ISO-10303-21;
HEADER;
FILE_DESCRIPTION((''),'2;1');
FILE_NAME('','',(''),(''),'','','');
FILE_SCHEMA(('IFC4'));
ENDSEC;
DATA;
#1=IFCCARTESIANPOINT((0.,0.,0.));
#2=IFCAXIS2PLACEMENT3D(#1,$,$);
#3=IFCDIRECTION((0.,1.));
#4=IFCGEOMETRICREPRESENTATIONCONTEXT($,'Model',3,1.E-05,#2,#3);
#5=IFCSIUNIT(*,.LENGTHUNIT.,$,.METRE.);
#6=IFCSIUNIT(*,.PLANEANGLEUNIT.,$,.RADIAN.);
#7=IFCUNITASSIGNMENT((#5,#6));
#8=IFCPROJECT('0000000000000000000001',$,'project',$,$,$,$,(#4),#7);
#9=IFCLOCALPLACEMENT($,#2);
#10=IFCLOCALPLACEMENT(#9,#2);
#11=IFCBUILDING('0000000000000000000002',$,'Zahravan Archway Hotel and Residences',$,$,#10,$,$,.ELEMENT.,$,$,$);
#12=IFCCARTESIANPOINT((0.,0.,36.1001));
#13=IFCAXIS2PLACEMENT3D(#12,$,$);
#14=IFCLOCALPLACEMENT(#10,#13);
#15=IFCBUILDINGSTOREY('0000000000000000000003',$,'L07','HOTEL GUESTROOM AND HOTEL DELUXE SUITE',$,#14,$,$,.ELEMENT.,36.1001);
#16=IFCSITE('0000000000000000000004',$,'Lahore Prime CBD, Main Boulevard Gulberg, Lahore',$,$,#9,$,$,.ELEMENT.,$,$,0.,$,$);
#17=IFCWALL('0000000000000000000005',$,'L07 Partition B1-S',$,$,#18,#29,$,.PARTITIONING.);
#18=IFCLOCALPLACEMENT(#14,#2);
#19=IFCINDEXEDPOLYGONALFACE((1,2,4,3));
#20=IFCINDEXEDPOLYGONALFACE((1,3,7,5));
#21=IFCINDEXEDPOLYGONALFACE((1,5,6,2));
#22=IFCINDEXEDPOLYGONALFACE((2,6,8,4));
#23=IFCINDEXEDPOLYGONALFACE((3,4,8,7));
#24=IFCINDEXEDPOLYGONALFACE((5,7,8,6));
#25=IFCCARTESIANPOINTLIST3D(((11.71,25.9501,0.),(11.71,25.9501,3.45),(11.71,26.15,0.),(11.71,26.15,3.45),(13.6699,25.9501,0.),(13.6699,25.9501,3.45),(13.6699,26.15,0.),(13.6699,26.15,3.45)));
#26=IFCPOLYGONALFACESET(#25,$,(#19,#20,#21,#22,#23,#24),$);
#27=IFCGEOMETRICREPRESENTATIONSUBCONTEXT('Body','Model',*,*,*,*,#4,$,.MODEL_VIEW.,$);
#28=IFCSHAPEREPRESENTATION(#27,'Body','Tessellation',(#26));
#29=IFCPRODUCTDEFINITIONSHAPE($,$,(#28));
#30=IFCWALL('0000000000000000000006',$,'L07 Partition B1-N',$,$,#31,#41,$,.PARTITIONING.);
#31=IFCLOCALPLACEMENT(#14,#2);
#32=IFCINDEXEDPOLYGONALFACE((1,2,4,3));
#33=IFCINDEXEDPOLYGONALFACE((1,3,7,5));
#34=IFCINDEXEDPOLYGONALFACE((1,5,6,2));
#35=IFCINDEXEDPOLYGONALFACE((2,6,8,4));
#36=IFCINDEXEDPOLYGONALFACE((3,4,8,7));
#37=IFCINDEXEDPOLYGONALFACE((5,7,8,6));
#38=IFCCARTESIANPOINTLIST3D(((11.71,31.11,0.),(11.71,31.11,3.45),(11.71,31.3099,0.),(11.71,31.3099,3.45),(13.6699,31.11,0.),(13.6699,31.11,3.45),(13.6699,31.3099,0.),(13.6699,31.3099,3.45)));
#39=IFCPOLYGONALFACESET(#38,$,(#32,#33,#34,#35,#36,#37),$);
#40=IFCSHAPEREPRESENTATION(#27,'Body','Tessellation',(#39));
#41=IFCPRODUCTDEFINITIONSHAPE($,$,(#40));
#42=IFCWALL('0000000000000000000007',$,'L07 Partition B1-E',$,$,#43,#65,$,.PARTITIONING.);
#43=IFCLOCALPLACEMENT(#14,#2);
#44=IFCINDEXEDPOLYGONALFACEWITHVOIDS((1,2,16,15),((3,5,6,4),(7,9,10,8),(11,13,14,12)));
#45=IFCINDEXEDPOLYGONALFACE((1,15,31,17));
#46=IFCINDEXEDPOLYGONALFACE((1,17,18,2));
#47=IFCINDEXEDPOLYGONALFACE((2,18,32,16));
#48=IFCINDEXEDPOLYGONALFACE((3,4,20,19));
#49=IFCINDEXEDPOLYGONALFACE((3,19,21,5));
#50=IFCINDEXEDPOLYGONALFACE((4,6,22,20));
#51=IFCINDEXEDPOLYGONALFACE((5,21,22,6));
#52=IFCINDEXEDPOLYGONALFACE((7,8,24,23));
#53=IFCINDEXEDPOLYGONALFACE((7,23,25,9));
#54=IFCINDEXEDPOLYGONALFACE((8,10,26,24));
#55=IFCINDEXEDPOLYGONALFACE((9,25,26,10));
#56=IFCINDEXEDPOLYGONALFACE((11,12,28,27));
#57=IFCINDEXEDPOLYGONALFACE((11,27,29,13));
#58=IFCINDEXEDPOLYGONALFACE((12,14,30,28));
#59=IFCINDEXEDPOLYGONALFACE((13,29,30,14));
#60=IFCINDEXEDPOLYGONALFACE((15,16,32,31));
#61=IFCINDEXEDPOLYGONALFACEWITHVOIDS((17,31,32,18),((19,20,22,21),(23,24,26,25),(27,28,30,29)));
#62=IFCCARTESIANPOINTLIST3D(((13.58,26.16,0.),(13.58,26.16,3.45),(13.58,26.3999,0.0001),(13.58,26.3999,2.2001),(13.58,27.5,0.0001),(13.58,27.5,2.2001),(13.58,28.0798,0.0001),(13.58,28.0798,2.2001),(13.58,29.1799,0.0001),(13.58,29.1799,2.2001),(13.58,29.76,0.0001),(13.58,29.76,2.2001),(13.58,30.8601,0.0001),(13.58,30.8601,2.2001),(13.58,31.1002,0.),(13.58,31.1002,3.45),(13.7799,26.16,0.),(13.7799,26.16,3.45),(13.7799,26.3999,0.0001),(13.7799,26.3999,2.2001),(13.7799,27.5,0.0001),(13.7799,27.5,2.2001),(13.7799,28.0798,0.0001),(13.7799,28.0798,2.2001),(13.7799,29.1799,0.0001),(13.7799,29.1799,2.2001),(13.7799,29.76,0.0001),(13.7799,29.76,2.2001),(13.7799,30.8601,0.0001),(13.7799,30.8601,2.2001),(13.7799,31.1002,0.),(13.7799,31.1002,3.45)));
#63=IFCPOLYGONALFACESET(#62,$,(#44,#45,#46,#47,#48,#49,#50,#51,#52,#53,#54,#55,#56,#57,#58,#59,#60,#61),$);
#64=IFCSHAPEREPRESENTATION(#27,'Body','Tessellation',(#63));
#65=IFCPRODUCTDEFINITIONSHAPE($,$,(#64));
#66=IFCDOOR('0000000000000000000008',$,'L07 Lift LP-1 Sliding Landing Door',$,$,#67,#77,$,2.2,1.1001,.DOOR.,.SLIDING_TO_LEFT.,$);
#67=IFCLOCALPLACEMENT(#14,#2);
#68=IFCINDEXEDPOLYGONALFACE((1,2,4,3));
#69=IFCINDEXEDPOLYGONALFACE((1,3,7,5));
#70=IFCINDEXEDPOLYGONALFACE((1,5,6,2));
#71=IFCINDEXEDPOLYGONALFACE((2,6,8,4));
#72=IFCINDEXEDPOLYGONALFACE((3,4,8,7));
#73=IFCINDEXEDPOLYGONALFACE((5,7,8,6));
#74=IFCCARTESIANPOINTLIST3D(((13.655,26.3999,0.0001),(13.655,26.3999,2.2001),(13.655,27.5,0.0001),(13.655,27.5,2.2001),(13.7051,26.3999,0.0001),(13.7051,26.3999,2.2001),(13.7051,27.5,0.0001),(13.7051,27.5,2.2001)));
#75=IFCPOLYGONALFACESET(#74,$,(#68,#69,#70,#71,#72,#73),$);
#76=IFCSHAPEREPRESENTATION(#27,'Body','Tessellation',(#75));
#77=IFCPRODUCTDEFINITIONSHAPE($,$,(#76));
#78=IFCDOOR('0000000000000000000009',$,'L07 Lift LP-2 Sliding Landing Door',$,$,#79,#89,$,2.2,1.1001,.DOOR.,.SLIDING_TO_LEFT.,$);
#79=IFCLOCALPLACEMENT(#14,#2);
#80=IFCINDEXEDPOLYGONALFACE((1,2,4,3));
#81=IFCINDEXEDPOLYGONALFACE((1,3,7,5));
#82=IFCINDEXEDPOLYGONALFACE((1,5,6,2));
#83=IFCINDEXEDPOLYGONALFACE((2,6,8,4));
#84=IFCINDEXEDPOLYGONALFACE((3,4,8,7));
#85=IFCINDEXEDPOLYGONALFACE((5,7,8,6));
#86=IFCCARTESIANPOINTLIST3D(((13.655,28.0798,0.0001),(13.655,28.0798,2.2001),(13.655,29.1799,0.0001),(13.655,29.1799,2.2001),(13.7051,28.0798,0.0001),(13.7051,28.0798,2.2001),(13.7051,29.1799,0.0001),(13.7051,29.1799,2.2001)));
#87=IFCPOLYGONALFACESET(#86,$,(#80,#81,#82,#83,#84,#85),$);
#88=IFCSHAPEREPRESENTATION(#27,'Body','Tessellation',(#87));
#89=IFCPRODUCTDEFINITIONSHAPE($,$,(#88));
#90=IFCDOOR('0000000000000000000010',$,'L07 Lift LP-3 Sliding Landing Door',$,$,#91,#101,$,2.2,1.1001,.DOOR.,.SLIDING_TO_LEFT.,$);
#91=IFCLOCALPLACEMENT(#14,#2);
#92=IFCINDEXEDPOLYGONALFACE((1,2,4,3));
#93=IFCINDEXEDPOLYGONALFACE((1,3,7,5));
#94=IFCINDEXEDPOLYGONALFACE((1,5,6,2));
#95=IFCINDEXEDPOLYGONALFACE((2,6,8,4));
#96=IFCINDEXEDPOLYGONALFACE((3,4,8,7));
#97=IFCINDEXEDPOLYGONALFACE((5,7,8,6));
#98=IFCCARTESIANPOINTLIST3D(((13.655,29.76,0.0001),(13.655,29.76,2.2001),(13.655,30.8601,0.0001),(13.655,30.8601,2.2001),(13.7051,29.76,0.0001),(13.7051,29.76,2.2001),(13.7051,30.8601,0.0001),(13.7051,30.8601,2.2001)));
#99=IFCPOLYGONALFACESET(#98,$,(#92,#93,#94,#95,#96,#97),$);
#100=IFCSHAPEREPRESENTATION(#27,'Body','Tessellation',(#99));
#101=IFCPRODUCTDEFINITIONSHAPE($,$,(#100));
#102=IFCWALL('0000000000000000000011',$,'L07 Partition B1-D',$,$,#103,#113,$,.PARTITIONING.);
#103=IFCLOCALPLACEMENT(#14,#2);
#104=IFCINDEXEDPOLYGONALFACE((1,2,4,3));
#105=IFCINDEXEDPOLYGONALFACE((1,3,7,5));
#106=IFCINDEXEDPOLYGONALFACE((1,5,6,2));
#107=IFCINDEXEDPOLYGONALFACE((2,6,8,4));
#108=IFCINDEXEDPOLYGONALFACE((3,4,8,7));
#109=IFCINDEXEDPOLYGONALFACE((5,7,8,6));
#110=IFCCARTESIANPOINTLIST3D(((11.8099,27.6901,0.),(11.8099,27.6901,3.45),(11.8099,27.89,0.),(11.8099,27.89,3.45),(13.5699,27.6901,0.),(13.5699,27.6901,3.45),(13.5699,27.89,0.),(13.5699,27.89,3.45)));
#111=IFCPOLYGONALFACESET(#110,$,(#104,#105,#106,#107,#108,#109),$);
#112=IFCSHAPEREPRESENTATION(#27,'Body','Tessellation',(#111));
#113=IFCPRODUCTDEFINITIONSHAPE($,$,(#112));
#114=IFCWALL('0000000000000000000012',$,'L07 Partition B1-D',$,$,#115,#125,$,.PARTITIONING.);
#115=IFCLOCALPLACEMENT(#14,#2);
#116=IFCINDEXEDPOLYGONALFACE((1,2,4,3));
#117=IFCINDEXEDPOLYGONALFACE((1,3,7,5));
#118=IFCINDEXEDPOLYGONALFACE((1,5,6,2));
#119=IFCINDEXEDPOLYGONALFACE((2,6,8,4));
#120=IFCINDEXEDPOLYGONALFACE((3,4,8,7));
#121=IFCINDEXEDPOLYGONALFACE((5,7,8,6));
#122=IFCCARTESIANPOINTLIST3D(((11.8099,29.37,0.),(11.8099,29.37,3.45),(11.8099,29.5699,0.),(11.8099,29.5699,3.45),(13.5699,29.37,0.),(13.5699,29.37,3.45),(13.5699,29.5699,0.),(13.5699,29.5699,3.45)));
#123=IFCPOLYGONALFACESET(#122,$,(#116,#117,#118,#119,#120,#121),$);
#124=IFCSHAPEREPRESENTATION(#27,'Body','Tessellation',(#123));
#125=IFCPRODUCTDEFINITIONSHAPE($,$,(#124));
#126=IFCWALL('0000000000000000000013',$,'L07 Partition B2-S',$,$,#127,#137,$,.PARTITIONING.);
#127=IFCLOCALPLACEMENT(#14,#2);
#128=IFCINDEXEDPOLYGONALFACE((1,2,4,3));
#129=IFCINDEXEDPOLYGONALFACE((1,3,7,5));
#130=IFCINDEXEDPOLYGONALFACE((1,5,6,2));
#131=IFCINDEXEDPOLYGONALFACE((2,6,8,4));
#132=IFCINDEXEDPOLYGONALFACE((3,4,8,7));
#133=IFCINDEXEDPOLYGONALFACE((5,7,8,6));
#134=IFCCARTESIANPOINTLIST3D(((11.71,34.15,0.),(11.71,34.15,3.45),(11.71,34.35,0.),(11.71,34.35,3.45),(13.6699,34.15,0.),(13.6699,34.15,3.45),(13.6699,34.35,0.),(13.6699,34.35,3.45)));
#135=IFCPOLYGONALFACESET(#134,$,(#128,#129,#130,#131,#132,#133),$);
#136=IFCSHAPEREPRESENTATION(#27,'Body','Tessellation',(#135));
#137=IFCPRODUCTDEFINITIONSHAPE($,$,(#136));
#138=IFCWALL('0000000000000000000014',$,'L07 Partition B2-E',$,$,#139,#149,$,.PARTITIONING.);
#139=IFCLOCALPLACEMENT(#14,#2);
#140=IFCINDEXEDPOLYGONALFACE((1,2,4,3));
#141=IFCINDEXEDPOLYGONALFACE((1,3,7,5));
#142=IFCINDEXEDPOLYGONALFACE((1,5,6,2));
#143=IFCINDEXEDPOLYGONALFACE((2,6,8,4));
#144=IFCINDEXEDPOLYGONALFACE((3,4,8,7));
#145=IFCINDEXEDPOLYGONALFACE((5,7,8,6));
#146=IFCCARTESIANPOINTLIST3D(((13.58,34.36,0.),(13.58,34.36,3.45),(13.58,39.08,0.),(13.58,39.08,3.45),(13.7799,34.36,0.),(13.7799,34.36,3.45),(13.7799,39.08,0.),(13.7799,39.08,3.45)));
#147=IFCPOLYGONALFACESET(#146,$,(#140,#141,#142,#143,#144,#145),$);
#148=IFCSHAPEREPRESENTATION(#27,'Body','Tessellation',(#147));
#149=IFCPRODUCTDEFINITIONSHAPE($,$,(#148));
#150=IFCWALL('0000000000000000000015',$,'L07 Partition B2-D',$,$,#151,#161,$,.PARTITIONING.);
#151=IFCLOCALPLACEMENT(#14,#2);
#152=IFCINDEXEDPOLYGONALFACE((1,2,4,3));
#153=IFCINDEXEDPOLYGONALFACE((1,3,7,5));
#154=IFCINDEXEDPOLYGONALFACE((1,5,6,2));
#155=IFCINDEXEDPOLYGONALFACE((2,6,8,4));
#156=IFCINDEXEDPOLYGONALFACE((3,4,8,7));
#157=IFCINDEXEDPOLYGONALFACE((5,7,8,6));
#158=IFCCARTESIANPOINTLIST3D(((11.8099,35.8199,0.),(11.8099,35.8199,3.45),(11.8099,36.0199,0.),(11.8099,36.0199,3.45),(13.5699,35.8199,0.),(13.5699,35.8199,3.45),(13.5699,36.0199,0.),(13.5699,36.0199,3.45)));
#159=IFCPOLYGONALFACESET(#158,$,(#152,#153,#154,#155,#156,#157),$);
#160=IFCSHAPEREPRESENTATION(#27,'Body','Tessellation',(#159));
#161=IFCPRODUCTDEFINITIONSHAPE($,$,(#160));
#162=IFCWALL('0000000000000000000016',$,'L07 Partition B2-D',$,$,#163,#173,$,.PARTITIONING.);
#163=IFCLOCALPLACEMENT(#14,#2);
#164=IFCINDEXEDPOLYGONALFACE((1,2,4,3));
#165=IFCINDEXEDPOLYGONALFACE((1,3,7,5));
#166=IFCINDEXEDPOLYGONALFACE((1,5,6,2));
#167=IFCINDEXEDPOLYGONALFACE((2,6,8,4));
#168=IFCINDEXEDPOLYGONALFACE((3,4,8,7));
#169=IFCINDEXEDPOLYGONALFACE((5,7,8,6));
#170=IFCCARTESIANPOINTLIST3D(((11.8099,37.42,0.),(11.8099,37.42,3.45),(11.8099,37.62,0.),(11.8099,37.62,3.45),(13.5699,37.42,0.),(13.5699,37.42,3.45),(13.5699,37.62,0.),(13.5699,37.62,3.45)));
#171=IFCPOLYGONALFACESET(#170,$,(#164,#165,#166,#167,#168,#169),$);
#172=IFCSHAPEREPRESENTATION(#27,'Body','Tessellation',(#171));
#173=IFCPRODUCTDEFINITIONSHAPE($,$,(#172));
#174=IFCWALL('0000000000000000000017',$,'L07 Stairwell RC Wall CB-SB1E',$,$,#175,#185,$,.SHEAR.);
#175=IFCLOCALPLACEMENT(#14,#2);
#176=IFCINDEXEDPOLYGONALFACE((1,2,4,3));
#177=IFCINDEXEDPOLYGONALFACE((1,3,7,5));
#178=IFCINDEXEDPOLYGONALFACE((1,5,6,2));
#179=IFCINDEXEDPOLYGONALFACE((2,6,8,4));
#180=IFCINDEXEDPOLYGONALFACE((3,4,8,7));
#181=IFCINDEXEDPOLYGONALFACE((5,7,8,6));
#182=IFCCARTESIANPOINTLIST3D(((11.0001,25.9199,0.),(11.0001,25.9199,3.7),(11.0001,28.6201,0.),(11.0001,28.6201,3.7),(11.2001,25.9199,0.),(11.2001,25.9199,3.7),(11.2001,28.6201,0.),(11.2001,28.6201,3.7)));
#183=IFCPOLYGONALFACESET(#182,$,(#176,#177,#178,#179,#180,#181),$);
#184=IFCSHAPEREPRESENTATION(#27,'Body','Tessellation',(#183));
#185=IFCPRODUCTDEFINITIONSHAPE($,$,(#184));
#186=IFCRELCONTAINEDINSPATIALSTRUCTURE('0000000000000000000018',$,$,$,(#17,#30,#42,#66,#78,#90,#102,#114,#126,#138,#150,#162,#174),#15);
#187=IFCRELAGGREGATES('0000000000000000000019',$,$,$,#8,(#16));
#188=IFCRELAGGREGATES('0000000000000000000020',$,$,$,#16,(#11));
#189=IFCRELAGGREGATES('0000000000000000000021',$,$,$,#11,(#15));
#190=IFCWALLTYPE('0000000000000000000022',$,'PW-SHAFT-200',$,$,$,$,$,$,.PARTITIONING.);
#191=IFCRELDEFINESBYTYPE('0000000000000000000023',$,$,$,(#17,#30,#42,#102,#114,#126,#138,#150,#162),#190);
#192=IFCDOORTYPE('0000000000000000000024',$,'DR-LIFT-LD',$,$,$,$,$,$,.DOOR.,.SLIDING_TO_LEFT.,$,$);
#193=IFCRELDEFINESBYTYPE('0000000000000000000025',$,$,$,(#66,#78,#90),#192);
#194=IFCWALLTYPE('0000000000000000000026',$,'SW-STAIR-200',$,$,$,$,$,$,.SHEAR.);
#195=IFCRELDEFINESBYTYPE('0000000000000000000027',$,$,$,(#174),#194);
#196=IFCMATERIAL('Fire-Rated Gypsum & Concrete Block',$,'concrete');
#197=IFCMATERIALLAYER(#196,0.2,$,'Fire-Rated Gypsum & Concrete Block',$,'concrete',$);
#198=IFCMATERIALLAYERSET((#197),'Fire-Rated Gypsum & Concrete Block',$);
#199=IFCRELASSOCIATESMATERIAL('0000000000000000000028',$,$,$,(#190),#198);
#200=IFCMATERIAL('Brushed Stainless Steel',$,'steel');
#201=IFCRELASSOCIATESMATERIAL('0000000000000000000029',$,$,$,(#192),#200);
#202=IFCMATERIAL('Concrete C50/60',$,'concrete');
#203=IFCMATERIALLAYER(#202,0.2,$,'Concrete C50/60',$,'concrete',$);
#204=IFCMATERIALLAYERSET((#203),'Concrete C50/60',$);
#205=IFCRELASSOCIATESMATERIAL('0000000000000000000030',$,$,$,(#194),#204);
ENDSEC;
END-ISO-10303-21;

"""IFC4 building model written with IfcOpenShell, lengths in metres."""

from ifc_helpers import new_model, si_unit, direction, frame, frame_2d, origin, place, context, subcontext, project, spatial, rectangle, extrude, source, transform, mapped, material, layer, layer_set, type_object, type_shapes, element, fill, save


model = new_model("IFC4")

# Units and contexts
model_context = context("Model", 3, precision=1e-05, world=origin(), true_north=direction((0.0, 1.0)))
body_context = subcontext(model_context, "Body", "Model", "MODEL_VIEW")
ifc_project = project(units=[si_unit("LENGTHUNIT", "METRE"), si_unit("PLANEANGLEUNIT", "RADIAN")], contexts=[model_context])

# Site, building, storey
site_placement = place(None, origin())
site = spatial("IfcSite", under=ifc_project, at=site_placement, Name="Lahore Prime CBD, Main Boulevard Gulberg, Lahore", CompositionType="ELEMENT", RefElevation=0.0)
building_placement = place(site_placement, origin())
building = spatial("IfcBuilding", under=site, at=building_placement, Name="Zahravan Archway Hotel and Residences", CompositionType="ELEMENT")
storey_placement = place(building_placement, frame((0.0, 0.0, 36.1001)))
storey = spatial("IfcBuildingStorey", under=building, at=storey_placement, Name="L07", Description="HOTEL GUESTROOM AND HOTEL DELUXE SUITE", CompositionType="ELEMENT", Elevation=36.1001)

# Walls
ifc_material_1 = material(Name="Fire-Rated Gypsum & Concrete Block", Category="concrete")
ifc_layer_1 = layer(ifc_material_1, 0.2, Name="Fire-Rated Gypsum & Concrete Block", Category="concrete")
ifc_layer_set_1 = layer_set([ifc_layer_1], Name="Fire-Rated Gypsum & Concrete Block")
wall_type_1 = type_object("IfcWallType", Name="PW-SHAFT-200", PredefinedType="PARTITIONING", material=ifc_layer_set_1)
for number, where, z_axis, x_axis, name in (
    (1, (11.71, 26.05, 0.0), (0.0, 0.0, 1.0), (1.0, 0.0, 0.0), "L07 Partition B1-S"),
    (2, (11.71, 31.21, 0.0), (0.0, 0.0, 1.0), (1.0, 0.0, 0.0), "L07 Partition B1-N"),
):
    element("IfcWall", number, at=place(storey_placement, frame(where, z_axis=z_axis, x_axis=x_axis)), inside=storey, type_object=wall_type_1, Name=name, PredefinedType="PARTITIONING", context=body_context, shape_type="SweptSolid", body=[
        extrude(rectangle(XDim=1.96, YDim=0.2, at=frame_2d((0.98, 0.0))), origin(), (0.0, 0.0, 1.0), 3.45),
    ])

# Wall, openings, doors
wall_1_placement = place(storey_placement, frame((13.6799, 26.1599, 0.0), z_axis=(0.0, 0.0, 1.0), x_axis=(0.0, 1.0, 0.0)))
wall_1 = element("IfcWall", 3, at=wall_1_placement, inside=storey, type_object=wall_type_1, Name="L07 Partition B1-E", PredefinedType="PARTITIONING", context=body_context, shape_type="SweptSolid", body=[
    extrude(rectangle(XDim=4.9402, YDim=0.2, at=frame_2d((2.4702, 0.0))), origin(), (0.0, 0.0, 1.0), 3.45),
])
opening_1_placement = place(wall_1_placement, frame((0.24, 0.0, 0.0)))
opening_1 = element("IfcOpeningElement", 4, at=opening_1_placement, cuts=wall_1, PredefinedType="OPENING", context=body_context, shape_type="SweptSolid", body=[
    extrude(rectangle(XDim=1.1001, YDim=2.2, at=frame_2d((0.55, 1.1001))), frame((0.0, 0.1099, 0.0), z_axis=(0.0, -1.0, 0.0), x_axis=(1.0, 0.0, 0.0)), (0.0, 0.0, 1.0), 0.22),
])
opening_2_placement = place(wall_1_placement, frame((1.9199, 0.0, 0.0)))
opening_2 = element("IfcOpeningElement", 5, at=opening_2_placement, cuts=wall_1, PredefinedType="OPENING", context=body_context, shape_type="SweptSolid", body=[
    extrude(rectangle(XDim=1.1001, YDim=2.2, at=frame_2d((0.55, 1.1001))), frame((0.0, 0.1099, 0.0), z_axis=(0.0, -1.0, 0.0), x_axis=(1.0, 0.0, 0.0)), (0.0, 0.0, 1.0), 0.22),
])
opening_3_placement = place(wall_1_placement, frame((3.6001, 0.0, 0.0)))
opening_3 = element("IfcOpeningElement", 6, at=opening_3_placement, cuts=wall_1, PredefinedType="OPENING", context=body_context, shape_type="SweptSolid", body=[
    extrude(rectangle(XDim=1.1001, YDim=2.2, at=frame_2d((0.55, 1.1001))), frame((0.0, 0.1099, 0.0), z_axis=(0.0, -1.0, 0.0), x_axis=(1.0, 0.0, 0.0)), (0.0, 0.0, 1.0), 0.22),
])
ifc_material_2 = material(Name="Brushed Stainless Steel", Category="steel")
door_type = type_object("IfcDoorType", Name="DR-LIFT-LD", OperationType="SLIDING_TO_LEFT", PredefinedType="DOOR", material=ifc_material_2)
shared_shape_1 = source(origin(), body_context, "Body", "SweptSolid", [
    extrude(rectangle(XDim=1.1001, YDim=2.2, at=frame_2d((0.55, 1.1001))), frame((0.0, 0.0249, 0.0), z_axis=(0.0, -1.0, 0.0), x_axis=(1.0, 0.0, 0.0)), (0.0, 0.0, 1.0), 0.05),
])
type_shapes(door_type, [shared_shape_1])
door_1_placement = place(opening_1_placement, origin())
door_1 = element("IfcDoor", 7, at=door_1_placement, inside=storey, type_object=door_type, Name="L07 Lift LP-1 Sliding Landing Door", OperationType="SLIDING_TO_LEFT", OverallHeight=2.2, OverallWidth=1.1001, PredefinedType="DOOR", context=body_context, shape_type="MappedRepresentation", body=[
    mapped(shared_shape_1, transform((0.0, 0.0, 0.0), scale=1.0)),
])
fill(opening_1, door_1)
door_2_placement = place(opening_2_placement, origin())
door_2 = element("IfcDoor", 8, at=door_2_placement, inside=storey, type_object=door_type, Name="L07 Lift LP-2 Sliding Landing Door", OperationType="SLIDING_TO_LEFT", OverallHeight=2.2, OverallWidth=1.1001, PredefinedType="DOOR", context=body_context, shape_type="MappedRepresentation", body=[
    mapped(shared_shape_1, transform((0.0, 0.0, 0.0), scale=1.0)),
])
fill(opening_2, door_2)
door_3_placement = place(opening_3_placement, origin())
door_3 = element("IfcDoor", 9, at=door_3_placement, inside=storey, type_object=door_type, Name="L07 Lift LP-3 Sliding Landing Door", OperationType="SLIDING_TO_LEFT", OverallHeight=2.2, OverallWidth=1.1001, PredefinedType="DOOR", context=body_context, shape_type="MappedRepresentation", body=[
    mapped(shared_shape_1, transform((0.0, 0.0, 0.0), scale=1.0)),
])
fill(opening_3, door_3)

# Walls
for number, where, z_axis, x_axis, name in (
    (10, (11.8101, 27.79, 0.0), (0.0, 0.0, 1.0), (1.0, 0.0, 0.0), "L07 Partition B1-D"),
    (11, (11.8101, 29.47, 0.0), (0.0, 0.0, 1.0), (1.0, 0.0, 0.0), "L07 Partition B1-D"),
):
    element("IfcWall", number, at=place(storey_placement, frame(where, z_axis=z_axis, x_axis=x_axis)), inside=storey, type_object=wall_type_1, Name=name, PredefinedType="PARTITIONING", context=body_context, shape_type="SweptSolid", body=[
        extrude(rectangle(XDim=1.76, YDim=0.2, at=frame_2d((0.8799, 0.0))), origin(), (0.0, 0.0, 1.0), 3.45),
    ])
wall_2_placement = place(storey_placement, frame((11.71, 34.25, 0.0), z_axis=(0.0, 0.0, 1.0), x_axis=(1.0, 0.0, 0.0)))
element("IfcWall", 12, at=wall_2_placement, inside=storey, type_object=wall_type_1, Name="L07 Partition B2-S", PredefinedType="PARTITIONING", context=body_context, shape_type="SweptSolid", body=[
    extrude(rectangle(XDim=1.96, YDim=0.2, at=frame_2d((0.98, 0.0))), origin(), (0.0, 0.0, 1.0), 3.45),
])
wall_3_placement = place(storey_placement, frame((13.6799, 34.3601, 0.0), z_axis=(0.0, 0.0, 1.0), x_axis=(0.0, 1.0, 0.0)))
element("IfcWall", 13, at=wall_3_placement, inside=storey, type_object=wall_type_1, Name="L07 Partition B2-E", PredefinedType="PARTITIONING", context=body_context, shape_type="SweptSolid", body=[
    extrude(rectangle(XDim=4.72, YDim=0.2, at=frame_2d((2.3599, 0.0))), origin(), (0.0, 0.0, 1.0), 3.45),
])
for number, where, z_axis, x_axis, name in (
    (14, (11.8101, 35.9199, 0.0), (0.0, 0.0, 1.0), (1.0, 0.0, 0.0), "L07 Partition B2-D"),
    (15, (11.8101, 37.52, 0.0), (0.0, 0.0, 1.0), (1.0, 0.0, 0.0), "L07 Partition B2-D"),
):
    element("IfcWall", number, at=place(storey_placement, frame(where, z_axis=z_axis, x_axis=x_axis)), inside=storey, type_object=wall_type_1, Name=name, PredefinedType="PARTITIONING", context=body_context, shape_type="SweptSolid", body=[
        extrude(rectangle(XDim=1.76, YDim=0.2, at=frame_2d((0.8799, 0.0))), origin(), (0.0, 0.0, 1.0), 3.45),
    ])
ifc_material_3 = material(Name="Concrete C50/60", Category="concrete")
ifc_layer_2 = layer(ifc_material_3, 0.2, Name="Concrete C50/60", Category="concrete")
ifc_layer_set_2 = layer_set([ifc_layer_2], Name="Concrete C50/60")
wall_type_2 = type_object("IfcWallType", Name="SW-STAIR-200", PredefinedType="SHEAR", material=ifc_layer_set_2)
wall_4_placement = place(storey_placement, frame((11.1001, 25.9199, 0.0), z_axis=(0.0, 0.0, 1.0), x_axis=(0.0, 1.0, 0.0)))
element("IfcWall", 16, at=wall_4_placement, inside=storey, type_object=wall_type_2, Name="L07 Stairwell RC Wall CB-SB1E", PredefinedType="SHEAR", context=body_context, shape_type="SweptSolid", body=[
    extrude(rectangle(XDim=2.7002, YDim=0.2, at=frame_2d((1.3501, 0.0))), origin(), (0.0, 0.0, 1.0), 3.7),
])

save(model, "model.ifc")
